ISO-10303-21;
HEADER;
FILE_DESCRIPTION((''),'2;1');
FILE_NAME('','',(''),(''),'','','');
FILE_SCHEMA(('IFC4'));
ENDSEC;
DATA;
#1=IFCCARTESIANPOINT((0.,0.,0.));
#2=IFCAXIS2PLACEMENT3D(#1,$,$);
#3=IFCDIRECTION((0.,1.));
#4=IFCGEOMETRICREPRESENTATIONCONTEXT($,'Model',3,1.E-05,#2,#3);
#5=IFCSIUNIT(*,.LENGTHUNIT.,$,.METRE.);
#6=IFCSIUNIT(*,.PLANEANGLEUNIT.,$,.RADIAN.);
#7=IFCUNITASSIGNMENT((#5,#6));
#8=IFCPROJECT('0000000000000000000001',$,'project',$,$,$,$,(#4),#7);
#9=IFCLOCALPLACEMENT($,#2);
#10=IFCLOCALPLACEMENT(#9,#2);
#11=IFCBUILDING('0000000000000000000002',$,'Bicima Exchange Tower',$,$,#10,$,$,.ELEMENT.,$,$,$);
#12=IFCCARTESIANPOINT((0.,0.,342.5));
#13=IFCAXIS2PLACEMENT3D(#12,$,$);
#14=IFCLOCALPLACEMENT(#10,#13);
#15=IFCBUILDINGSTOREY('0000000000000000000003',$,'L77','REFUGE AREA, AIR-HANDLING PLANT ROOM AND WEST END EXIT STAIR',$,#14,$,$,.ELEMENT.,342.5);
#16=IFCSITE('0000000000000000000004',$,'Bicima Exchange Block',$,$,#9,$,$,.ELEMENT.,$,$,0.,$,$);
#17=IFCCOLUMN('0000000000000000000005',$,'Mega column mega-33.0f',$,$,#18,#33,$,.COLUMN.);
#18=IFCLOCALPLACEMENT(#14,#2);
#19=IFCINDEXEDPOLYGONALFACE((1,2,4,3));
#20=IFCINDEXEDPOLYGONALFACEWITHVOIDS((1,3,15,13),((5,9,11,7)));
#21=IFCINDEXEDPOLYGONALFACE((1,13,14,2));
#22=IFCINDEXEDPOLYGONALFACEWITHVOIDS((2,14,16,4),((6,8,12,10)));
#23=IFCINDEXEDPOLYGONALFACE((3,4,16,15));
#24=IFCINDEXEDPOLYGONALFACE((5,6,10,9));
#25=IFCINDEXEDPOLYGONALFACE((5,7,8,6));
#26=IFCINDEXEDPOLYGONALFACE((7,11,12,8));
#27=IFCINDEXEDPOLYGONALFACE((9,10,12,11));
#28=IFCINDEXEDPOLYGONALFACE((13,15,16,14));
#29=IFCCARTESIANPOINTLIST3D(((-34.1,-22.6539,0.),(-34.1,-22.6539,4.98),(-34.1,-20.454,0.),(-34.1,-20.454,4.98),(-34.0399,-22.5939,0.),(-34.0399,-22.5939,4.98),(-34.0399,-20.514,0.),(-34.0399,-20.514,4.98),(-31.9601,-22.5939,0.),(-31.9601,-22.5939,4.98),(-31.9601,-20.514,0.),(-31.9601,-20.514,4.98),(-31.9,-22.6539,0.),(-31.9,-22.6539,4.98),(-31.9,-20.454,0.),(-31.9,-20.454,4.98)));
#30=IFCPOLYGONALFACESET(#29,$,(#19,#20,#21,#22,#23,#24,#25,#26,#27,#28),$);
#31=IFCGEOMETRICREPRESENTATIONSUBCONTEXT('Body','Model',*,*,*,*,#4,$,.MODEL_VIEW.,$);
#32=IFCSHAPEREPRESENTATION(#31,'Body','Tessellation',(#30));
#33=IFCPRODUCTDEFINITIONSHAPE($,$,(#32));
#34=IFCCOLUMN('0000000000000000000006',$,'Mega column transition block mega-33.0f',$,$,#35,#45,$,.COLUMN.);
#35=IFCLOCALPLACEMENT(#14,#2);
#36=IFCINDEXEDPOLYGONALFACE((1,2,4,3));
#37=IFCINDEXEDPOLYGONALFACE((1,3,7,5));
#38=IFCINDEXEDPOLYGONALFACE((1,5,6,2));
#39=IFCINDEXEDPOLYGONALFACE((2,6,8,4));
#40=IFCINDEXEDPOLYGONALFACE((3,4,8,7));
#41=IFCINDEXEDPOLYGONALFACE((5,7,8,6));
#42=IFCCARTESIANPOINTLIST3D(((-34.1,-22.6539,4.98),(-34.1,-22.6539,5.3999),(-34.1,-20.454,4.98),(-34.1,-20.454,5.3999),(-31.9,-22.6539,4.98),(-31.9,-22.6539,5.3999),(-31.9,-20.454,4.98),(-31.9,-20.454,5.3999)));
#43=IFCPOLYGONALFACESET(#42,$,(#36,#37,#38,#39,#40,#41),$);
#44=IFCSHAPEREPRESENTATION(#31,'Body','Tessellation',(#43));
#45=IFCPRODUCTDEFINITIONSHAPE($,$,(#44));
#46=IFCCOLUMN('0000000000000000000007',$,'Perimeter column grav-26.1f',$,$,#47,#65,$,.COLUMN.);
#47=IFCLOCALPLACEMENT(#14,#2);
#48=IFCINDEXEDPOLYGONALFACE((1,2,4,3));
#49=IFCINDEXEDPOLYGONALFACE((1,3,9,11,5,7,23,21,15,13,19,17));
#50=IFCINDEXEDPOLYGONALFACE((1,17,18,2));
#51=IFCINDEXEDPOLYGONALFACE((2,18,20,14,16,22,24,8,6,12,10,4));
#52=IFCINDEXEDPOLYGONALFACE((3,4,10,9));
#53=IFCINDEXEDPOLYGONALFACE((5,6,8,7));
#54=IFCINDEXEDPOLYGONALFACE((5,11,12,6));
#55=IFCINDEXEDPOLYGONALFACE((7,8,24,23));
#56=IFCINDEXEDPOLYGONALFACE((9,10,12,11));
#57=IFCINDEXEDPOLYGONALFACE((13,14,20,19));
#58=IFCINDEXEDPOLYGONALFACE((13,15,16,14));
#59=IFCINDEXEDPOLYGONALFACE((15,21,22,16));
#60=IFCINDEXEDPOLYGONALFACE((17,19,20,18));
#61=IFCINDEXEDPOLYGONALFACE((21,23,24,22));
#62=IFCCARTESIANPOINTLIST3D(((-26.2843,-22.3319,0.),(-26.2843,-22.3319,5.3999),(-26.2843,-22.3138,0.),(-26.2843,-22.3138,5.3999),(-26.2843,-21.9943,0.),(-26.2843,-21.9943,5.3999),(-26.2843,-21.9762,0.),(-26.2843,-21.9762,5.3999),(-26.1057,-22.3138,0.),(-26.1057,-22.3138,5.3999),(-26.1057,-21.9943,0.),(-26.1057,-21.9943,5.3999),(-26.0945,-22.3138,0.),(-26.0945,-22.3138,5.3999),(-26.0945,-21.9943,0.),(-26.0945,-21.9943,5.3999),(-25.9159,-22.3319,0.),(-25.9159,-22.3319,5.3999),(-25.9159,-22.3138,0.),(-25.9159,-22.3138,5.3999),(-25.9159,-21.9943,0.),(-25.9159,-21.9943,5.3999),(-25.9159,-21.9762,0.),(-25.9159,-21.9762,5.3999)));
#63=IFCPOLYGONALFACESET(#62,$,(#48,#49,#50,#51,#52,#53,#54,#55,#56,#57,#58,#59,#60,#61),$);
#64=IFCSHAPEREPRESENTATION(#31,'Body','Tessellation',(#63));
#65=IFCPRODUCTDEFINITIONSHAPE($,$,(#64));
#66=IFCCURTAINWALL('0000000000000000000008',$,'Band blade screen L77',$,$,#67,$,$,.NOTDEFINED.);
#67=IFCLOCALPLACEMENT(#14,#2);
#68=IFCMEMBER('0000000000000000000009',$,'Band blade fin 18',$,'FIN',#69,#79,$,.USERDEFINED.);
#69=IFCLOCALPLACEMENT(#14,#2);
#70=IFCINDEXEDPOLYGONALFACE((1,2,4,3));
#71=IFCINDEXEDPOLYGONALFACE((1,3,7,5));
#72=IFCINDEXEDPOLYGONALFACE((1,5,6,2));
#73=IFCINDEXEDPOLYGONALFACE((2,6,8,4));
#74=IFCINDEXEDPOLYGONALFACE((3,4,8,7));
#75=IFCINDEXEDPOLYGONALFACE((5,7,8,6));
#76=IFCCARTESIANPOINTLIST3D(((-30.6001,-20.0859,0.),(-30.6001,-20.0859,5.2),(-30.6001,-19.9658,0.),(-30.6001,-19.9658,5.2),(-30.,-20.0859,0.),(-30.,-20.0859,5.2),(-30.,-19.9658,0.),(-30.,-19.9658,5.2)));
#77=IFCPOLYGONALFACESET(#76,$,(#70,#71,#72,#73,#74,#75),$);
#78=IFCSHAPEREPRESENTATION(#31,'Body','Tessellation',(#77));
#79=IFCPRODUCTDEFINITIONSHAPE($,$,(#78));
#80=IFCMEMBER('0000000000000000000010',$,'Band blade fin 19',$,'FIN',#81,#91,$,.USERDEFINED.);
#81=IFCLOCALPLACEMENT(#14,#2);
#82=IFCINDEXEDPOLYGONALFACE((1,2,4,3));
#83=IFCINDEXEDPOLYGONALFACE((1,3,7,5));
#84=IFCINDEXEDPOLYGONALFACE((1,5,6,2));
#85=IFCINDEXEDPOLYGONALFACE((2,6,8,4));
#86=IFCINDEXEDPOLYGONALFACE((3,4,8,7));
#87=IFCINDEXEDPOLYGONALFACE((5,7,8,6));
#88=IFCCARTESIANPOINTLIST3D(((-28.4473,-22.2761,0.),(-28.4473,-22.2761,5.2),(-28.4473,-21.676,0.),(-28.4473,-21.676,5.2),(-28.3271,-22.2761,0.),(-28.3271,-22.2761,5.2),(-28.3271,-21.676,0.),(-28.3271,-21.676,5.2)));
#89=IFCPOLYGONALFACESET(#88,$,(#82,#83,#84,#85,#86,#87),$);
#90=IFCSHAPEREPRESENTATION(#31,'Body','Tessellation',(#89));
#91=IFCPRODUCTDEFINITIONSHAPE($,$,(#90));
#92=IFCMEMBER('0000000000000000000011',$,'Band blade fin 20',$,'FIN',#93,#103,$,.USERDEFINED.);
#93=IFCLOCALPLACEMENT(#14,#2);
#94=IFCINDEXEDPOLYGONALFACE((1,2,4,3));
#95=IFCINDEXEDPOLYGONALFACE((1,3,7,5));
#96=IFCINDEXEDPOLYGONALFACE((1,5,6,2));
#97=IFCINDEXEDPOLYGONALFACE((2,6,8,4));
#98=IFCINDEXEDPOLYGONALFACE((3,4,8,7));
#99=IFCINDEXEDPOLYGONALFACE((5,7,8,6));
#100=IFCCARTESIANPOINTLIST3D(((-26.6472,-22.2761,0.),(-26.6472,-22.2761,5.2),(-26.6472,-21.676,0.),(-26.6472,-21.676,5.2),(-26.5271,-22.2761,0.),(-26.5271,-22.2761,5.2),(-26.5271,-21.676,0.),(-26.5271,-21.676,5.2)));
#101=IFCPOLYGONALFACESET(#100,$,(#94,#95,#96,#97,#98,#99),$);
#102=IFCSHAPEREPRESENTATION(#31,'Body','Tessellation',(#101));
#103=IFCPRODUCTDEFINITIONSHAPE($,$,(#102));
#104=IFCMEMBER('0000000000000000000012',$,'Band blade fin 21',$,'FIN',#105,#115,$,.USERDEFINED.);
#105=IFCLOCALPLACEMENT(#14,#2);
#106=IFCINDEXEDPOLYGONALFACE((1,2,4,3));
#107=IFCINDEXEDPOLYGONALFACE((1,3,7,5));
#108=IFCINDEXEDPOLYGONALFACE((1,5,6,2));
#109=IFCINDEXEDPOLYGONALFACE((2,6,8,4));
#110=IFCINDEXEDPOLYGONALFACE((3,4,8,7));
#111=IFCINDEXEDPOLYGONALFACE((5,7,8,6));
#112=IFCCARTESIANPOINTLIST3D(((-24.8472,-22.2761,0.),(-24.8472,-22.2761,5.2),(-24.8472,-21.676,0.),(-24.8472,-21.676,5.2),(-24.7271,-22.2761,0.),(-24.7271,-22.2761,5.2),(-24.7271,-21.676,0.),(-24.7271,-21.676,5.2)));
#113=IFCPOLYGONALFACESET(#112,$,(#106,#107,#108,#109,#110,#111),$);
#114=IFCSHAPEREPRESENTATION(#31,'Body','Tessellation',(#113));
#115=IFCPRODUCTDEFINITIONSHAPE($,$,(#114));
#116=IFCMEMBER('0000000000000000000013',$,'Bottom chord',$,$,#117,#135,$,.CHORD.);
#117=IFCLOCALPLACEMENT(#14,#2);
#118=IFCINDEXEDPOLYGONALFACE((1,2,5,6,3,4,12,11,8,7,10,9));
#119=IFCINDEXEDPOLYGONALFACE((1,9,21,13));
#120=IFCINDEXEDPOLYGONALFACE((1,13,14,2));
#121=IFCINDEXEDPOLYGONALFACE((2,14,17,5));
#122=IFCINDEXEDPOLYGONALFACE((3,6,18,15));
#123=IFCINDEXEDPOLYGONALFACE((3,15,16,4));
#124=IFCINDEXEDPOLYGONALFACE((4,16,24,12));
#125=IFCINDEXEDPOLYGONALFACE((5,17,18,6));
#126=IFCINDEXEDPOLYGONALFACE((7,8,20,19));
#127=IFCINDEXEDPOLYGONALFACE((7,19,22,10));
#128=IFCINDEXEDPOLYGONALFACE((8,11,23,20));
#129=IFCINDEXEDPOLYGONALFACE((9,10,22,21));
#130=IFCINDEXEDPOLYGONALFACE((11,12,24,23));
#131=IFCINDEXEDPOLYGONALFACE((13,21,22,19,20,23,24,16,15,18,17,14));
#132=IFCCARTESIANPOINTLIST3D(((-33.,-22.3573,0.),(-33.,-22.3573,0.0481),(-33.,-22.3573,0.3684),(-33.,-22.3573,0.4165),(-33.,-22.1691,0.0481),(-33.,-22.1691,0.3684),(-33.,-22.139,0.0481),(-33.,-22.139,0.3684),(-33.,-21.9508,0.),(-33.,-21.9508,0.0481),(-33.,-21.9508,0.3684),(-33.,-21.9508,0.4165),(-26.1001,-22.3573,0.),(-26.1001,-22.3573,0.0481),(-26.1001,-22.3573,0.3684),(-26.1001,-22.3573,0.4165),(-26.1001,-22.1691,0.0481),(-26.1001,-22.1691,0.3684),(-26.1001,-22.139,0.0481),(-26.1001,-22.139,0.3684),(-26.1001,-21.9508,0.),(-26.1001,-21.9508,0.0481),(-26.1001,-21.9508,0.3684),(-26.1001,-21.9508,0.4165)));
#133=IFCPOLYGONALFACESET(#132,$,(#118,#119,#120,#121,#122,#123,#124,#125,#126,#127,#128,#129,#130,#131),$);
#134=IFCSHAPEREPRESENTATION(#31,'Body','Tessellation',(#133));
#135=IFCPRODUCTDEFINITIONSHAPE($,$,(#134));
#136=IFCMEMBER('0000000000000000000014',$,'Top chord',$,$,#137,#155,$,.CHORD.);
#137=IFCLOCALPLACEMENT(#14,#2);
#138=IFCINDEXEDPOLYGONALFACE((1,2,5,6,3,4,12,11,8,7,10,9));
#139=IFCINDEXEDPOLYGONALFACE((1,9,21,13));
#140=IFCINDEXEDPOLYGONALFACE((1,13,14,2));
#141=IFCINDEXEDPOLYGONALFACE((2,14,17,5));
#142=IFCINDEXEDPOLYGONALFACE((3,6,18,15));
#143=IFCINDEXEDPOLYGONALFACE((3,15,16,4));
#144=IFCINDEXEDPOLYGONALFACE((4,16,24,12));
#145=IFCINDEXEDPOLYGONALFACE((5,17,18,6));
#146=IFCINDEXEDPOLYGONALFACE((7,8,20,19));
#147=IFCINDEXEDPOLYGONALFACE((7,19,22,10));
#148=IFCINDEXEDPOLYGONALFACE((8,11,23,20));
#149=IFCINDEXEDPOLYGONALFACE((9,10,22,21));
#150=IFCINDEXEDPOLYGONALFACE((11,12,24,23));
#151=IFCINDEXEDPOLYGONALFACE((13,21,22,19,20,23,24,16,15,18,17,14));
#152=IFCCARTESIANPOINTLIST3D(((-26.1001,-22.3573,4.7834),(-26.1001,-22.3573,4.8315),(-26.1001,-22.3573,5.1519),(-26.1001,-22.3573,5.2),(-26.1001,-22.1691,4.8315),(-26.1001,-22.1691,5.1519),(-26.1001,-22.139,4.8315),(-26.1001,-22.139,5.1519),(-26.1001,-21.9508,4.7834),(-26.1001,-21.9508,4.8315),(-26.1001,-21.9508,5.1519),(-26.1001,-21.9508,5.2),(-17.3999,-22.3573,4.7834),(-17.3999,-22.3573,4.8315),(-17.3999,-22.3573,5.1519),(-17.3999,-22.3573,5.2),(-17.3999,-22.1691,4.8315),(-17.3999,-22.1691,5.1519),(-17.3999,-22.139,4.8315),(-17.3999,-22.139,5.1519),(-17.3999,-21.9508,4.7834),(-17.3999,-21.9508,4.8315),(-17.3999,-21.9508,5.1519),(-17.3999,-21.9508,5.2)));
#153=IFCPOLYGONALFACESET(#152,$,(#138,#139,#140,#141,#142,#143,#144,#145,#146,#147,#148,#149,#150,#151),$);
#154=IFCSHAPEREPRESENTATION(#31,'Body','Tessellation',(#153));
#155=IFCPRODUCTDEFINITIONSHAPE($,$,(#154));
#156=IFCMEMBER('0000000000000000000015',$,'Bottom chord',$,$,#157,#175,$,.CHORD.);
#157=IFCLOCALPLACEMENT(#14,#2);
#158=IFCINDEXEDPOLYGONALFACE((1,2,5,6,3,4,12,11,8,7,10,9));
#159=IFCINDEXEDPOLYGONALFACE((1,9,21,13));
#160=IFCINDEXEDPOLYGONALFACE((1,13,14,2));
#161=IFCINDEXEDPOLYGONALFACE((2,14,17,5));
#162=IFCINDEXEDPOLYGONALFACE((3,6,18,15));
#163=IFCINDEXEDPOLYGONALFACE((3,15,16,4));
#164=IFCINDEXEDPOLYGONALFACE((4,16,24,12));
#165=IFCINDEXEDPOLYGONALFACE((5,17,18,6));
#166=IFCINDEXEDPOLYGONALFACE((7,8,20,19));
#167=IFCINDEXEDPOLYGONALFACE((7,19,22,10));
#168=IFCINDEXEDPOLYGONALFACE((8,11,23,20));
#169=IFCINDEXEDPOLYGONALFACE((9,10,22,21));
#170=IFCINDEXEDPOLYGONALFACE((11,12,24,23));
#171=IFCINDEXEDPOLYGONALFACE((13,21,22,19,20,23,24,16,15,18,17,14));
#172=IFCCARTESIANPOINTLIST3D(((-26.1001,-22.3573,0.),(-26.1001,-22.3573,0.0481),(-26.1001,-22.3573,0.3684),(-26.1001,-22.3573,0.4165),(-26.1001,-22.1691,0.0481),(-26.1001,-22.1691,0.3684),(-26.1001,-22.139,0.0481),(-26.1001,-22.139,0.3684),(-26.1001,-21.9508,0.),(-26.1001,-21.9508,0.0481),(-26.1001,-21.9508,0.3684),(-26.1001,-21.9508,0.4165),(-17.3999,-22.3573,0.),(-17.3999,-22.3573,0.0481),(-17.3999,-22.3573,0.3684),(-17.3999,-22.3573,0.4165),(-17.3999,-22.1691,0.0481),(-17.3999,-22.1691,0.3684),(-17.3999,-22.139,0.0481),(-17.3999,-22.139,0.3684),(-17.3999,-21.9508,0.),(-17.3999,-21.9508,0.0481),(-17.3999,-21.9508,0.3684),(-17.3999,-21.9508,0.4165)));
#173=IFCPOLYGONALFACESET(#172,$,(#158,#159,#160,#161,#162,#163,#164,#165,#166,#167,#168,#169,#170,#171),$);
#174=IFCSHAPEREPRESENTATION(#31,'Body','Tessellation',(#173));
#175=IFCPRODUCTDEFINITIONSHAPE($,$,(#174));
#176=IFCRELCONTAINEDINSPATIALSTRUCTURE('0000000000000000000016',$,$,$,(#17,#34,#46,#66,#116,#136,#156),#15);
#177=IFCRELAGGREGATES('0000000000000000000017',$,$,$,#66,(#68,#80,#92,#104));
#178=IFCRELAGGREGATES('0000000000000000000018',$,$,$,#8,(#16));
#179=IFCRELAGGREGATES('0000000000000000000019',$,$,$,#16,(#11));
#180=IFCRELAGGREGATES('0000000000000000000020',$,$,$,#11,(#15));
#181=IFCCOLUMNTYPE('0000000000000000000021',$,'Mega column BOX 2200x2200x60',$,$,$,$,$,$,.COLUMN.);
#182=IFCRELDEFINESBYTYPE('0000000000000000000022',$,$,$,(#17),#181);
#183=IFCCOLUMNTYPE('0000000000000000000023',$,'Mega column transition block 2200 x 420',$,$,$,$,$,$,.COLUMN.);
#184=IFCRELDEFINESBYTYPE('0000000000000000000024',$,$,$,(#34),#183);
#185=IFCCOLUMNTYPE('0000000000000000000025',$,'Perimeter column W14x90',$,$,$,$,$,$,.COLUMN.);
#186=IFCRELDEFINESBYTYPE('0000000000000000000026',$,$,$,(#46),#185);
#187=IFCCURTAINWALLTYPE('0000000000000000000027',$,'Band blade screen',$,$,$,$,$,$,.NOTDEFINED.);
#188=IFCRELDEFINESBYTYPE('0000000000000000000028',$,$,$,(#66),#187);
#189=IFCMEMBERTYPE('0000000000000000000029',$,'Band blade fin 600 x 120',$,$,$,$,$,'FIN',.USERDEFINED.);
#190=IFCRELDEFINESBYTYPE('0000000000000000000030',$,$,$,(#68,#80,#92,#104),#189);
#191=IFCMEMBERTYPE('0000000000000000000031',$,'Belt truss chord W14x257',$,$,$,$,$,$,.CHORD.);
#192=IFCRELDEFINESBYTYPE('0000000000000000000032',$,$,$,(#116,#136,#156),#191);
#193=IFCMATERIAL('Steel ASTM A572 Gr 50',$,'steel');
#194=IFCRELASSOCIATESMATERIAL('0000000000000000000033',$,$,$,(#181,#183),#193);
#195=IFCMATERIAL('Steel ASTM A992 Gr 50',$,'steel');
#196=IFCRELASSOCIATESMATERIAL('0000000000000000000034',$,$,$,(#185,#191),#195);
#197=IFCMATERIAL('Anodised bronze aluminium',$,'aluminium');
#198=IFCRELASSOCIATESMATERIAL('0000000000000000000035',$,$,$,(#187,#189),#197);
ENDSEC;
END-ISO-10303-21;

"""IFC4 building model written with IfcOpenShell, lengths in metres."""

from ifc_helpers import new_model, si_unit, direction, frame, origin, origin_2d, place, context, subcontext, project, spatial, rectangle, hollow_rectangle, i_section, extrude, material, material_profile, profile_set, type_object, element, aggregate, save


model = new_model("IFC4")

# Units and contexts
model_context = context("Model", 3, precision=1e-05, world=origin(), true_north=direction((0.0, 1.0)))
body_context = subcontext(model_context, "Body", "Model", "MODEL_VIEW")
ifc_project = project(units=[si_unit("LENGTHUNIT", "METRE"), si_unit("PLANEANGLEUNIT", "RADIAN")], contexts=[model_context])

# Site, building, storey
site_placement = place(None, origin())
site = spatial("IfcSite", under=ifc_project, at=site_placement, Name="Bicima Exchange Block", CompositionType="ELEMENT", RefElevation=0.0)
building_placement = place(site_placement, origin())
building = spatial("IfcBuilding", under=site, at=building_placement, Name="Bicima Exchange Tower", CompositionType="ELEMENT")
storey_placement = place(building_placement, frame((0.0, 0.0, 342.5)))
storey = spatial("IfcBuildingStorey", under=building, at=storey_placement, Name="L77", Description="REFUGE AREA, AIR-HANDLING PLANT ROOM AND WEST END EXIT STAIR", CompositionType="ELEMENT", Elevation=342.5)

# Columns
ifc_material_1 = material(Name="Steel ASTM A572 Gr 50", Category="steel")
ifc_material_profile_1 = material_profile(ifc_material_1, hollow_rectangle(XDim=2.2, YDim=2.2, WallThickness=0.0601, at=origin_2d()))
ifc_profile_set_1 = profile_set([ifc_material_profile_1], Name="Steel ASTM A572 Gr 50")
column_type_1 = type_object("IfcColumnType", Name="Mega column BOX 2200x2200x60", PredefinedType="COLUMN", material=ifc_profile_set_1)
column_1_placement = place(storey_placement, frame((-33.0, -21.554, 0.0), z_axis=(0.0, 0.0, 1.0), x_axis=(1.0, 0.0, 0.0)))
element("IfcColumn", 1, at=column_1_placement, inside=storey, type_object=column_type_1, Name="Mega column mega-33.0f", PredefinedType="COLUMN", context=body_context, shape_type="SweptSolid", body=[
    extrude(hollow_rectangle(XDim=2.2, YDim=2.2, WallThickness=0.0601, at=origin_2d()), origin(), (0.0, 0.0, 1.0), 4.98),
])
ifc_material_profile_2 = material_profile(ifc_material_1, rectangle(XDim=2.2, YDim=2.2, at=origin_2d()))
ifc_profile_set_2 = profile_set([ifc_material_profile_2], Name="Steel ASTM A572 Gr 50")
column_type_2 = type_object("IfcColumnType", Name="Mega column transition block 2200 x 420", PredefinedType="COLUMN", material=ifc_profile_set_2)
column_2_placement = place(storey_placement, frame((-33.0, -21.554, 4.98), z_axis=(0.0, 0.0, 1.0), x_axis=(1.0, 0.0, 0.0)))
element("IfcColumn", 2, at=column_2_placement, inside=storey, type_object=column_type_2, Name="Mega column transition block mega-33.0f", PredefinedType="COLUMN", context=body_context, shape_type="SweptSolid", body=[
    extrude(rectangle(XDim=2.2, YDim=2.2, at=origin_2d()), origin(), (0.0, 0.0, 1.0), 0.4199),
])
ifc_material_2 = material(Name="Steel ASTM A992 Gr 50", Category="steel")
ifc_material_profile_3 = material_profile(ifc_material_2, i_section(OverallWidth=0.3684, OverallDepth=0.3557, WebThickness=0.0112, FlangeThickness=0.0181, at=origin_2d()))
ifc_profile_set_3 = profile_set([ifc_material_profile_3], Name="Steel ASTM A992 Gr 50")
column_type_3 = type_object("IfcColumnType", Name="Perimeter column W14x90", PredefinedType="COLUMN", material=ifc_profile_set_3)
column_3_placement = place(storey_placement, frame((-26.1001, -22.1541, 0.0), z_axis=(0.0, 0.0, 1.0), x_axis=(1.0, 0.0, 0.0)))
element("IfcColumn", 3, at=column_3_placement, inside=storey, type_object=column_type_3, Name="Perimeter column grav-26.1f", PredefinedType="COLUMN", context=body_context, shape_type="SweptSolid", body=[
    extrude(i_section(OverallWidth=0.3684, OverallDepth=0.3557, WebThickness=0.0112, FlangeThickness=0.0181, at=origin_2d()), origin(), (0.0, 0.0, 1.0), 5.3999),
])

# Curtain wall, members
ifc_material_3 = material(Name="Anodised bronze aluminium", Category="aluminium")
curtain_wall_type = type_object("IfcCurtainWallType", Name="Band blade screen", PredefinedType="NOTDEFINED", material=ifc_material_3)
curtain_wall_placement = place(storey_placement, origin())
curtain_wall = element("IfcCurtainWall", 4, at=curtain_wall_placement, inside=storey, type_object=curtain_wall_type, Name="Band blade screen L77", PredefinedType="NOTDEFINED")
ifc_material_profile_4 = material_profile(ifc_material_3, rectangle(XDim=0.6001, YDim=0.1201, at=origin_2d()))
ifc_profile_set_4 = profile_set([ifc_material_profile_4], Name="Anodised bronze aluminium")
member_type_1 = type_object("IfcMemberType", Name="Band blade fin 600 x 120", ElementType="FIN", PredefinedType="USERDEFINED", material=ifc_profile_set_4)
member_1_placement = place(storey_placement, frame((-30.3, -20.0259, 0.0), z_axis=(0.0, 0.0, 1.0), x_axis=(1.0, 0.0, 0.0)))
member_1 = element("IfcMember", 5, at=member_1_placement, type_object=member_type_1, Name="Band blade fin 18", ObjectType="FIN", PredefinedType="USERDEFINED", context=body_context, shape_type="SweptSolid", body=[
    extrude(rectangle(XDim=0.6001, YDim=0.1201, at=origin_2d()), origin(), (0.0, 0.0, 1.0), 5.2),
])
member_2_placement = place(storey_placement, frame((-28.3872, -21.9761, 0.0), z_axis=(0.0, 0.0, 1.0), x_axis=(0.0, 1.0, 0.0)))
member_2 = element("IfcMember", 6, at=member_2_placement, type_object=member_type_1, Name="Band blade fin 19", ObjectType="FIN", PredefinedType="USERDEFINED", context=body_context, shape_type="SweptSolid", body=[
    extrude(rectangle(XDim=0.6001, YDim=0.1201, at=origin_2d()), origin(), (0.0, 0.0, 1.0), 5.2),
])
member_3_placement = place(storey_placement, frame((-26.5872, -21.9761, 0.0), z_axis=(0.0, 0.0, 1.0), x_axis=(0.0, 1.0, 0.0)))
member_3 = element("IfcMember", 7, at=member_3_placement, type_object=member_type_1, Name="Band blade fin 20", ObjectType="FIN", PredefinedType="USERDEFINED", context=body_context, shape_type="SweptSolid", body=[
    extrude(rectangle(XDim=0.6001, YDim=0.1201, at=origin_2d()), origin(), (0.0, 0.0, 1.0), 5.2),
])
member_4_placement = place(storey_placement, frame((-24.7871, -21.9761, 0.0), z_axis=(0.0, 0.0, 1.0), x_axis=(0.0, 1.0, 0.0)))
member_4 = element("IfcMember", 8, at=member_4_placement, type_object=member_type_1, Name="Band blade fin 21", ObjectType="FIN", PredefinedType="USERDEFINED", context=body_context, shape_type="SweptSolid", body=[
    extrude(rectangle(XDim=0.6001, YDim=0.1201, at=origin_2d()), origin(), (0.0, 0.0, 1.0), 5.2),
])
aggregate(curtain_wall, [member_1, member_2, member_3, member_4])

# Members
ifc_material_profile_5 = material_profile(ifc_material_2, i_section(OverallWidth=0.4065, OverallDepth=0.4165, WebThickness=0.03, FlangeThickness=0.0481, at=origin_2d()))
ifc_profile_set_5 = profile_set([ifc_material_profile_5], Name="Steel ASTM A992 Gr 50")
member_type_2 = type_object("IfcMemberType", Name="Belt truss chord W14x257", PredefinedType="CHORD", material=ifc_profile_set_5)
member_5_placement = place(storey_placement, frame((-33.0, -22.1541, 0.2083), z_axis=(1.0, 0.0, 0.0), x_axis=(0.0, 1.0, 0.0)))
element("IfcMember", 9, at=member_5_placement, inside=storey, type_object=member_type_2, Name="Bottom chord", PredefinedType="CHORD", context=body_context, shape_type="SweptSolid", body=[
    extrude(i_section(OverallWidth=0.4065, OverallDepth=0.4165, WebThickness=0.03, FlangeThickness=0.0481, at=origin_2d()), origin(), (0.0, 0.0, 1.0), 6.8999),
])
for number, where, z_axis, x_axis, name in (
    (10, (-26.1001, -22.1541, 4.9917), (1.0, 0.0, 0.0), (0.0, 1.0, 0.0), "Top chord"),
    (11, (-26.1001, -22.1541, 0.2083), (1.0, 0.0, 0.0), (0.0, 1.0, 0.0), "Bottom chord"),
):
    element("IfcMember", number, at=place(storey_placement, frame(where, z_axis=z_axis, x_axis=x_axis)), inside=storey, type_object=member_type_2, Name=name, PredefinedType="CHORD", context=body_context, shape_type="SweptSolid", body=[
        extrude(i_section(OverallWidth=0.4065, OverallDepth=0.4165, WebThickness=0.03, FlangeThickness=0.0481, at=origin_2d()), origin(), (0.0, 0.0, 1.0), 8.7002),
    ])

save(model, "model.ifc")
